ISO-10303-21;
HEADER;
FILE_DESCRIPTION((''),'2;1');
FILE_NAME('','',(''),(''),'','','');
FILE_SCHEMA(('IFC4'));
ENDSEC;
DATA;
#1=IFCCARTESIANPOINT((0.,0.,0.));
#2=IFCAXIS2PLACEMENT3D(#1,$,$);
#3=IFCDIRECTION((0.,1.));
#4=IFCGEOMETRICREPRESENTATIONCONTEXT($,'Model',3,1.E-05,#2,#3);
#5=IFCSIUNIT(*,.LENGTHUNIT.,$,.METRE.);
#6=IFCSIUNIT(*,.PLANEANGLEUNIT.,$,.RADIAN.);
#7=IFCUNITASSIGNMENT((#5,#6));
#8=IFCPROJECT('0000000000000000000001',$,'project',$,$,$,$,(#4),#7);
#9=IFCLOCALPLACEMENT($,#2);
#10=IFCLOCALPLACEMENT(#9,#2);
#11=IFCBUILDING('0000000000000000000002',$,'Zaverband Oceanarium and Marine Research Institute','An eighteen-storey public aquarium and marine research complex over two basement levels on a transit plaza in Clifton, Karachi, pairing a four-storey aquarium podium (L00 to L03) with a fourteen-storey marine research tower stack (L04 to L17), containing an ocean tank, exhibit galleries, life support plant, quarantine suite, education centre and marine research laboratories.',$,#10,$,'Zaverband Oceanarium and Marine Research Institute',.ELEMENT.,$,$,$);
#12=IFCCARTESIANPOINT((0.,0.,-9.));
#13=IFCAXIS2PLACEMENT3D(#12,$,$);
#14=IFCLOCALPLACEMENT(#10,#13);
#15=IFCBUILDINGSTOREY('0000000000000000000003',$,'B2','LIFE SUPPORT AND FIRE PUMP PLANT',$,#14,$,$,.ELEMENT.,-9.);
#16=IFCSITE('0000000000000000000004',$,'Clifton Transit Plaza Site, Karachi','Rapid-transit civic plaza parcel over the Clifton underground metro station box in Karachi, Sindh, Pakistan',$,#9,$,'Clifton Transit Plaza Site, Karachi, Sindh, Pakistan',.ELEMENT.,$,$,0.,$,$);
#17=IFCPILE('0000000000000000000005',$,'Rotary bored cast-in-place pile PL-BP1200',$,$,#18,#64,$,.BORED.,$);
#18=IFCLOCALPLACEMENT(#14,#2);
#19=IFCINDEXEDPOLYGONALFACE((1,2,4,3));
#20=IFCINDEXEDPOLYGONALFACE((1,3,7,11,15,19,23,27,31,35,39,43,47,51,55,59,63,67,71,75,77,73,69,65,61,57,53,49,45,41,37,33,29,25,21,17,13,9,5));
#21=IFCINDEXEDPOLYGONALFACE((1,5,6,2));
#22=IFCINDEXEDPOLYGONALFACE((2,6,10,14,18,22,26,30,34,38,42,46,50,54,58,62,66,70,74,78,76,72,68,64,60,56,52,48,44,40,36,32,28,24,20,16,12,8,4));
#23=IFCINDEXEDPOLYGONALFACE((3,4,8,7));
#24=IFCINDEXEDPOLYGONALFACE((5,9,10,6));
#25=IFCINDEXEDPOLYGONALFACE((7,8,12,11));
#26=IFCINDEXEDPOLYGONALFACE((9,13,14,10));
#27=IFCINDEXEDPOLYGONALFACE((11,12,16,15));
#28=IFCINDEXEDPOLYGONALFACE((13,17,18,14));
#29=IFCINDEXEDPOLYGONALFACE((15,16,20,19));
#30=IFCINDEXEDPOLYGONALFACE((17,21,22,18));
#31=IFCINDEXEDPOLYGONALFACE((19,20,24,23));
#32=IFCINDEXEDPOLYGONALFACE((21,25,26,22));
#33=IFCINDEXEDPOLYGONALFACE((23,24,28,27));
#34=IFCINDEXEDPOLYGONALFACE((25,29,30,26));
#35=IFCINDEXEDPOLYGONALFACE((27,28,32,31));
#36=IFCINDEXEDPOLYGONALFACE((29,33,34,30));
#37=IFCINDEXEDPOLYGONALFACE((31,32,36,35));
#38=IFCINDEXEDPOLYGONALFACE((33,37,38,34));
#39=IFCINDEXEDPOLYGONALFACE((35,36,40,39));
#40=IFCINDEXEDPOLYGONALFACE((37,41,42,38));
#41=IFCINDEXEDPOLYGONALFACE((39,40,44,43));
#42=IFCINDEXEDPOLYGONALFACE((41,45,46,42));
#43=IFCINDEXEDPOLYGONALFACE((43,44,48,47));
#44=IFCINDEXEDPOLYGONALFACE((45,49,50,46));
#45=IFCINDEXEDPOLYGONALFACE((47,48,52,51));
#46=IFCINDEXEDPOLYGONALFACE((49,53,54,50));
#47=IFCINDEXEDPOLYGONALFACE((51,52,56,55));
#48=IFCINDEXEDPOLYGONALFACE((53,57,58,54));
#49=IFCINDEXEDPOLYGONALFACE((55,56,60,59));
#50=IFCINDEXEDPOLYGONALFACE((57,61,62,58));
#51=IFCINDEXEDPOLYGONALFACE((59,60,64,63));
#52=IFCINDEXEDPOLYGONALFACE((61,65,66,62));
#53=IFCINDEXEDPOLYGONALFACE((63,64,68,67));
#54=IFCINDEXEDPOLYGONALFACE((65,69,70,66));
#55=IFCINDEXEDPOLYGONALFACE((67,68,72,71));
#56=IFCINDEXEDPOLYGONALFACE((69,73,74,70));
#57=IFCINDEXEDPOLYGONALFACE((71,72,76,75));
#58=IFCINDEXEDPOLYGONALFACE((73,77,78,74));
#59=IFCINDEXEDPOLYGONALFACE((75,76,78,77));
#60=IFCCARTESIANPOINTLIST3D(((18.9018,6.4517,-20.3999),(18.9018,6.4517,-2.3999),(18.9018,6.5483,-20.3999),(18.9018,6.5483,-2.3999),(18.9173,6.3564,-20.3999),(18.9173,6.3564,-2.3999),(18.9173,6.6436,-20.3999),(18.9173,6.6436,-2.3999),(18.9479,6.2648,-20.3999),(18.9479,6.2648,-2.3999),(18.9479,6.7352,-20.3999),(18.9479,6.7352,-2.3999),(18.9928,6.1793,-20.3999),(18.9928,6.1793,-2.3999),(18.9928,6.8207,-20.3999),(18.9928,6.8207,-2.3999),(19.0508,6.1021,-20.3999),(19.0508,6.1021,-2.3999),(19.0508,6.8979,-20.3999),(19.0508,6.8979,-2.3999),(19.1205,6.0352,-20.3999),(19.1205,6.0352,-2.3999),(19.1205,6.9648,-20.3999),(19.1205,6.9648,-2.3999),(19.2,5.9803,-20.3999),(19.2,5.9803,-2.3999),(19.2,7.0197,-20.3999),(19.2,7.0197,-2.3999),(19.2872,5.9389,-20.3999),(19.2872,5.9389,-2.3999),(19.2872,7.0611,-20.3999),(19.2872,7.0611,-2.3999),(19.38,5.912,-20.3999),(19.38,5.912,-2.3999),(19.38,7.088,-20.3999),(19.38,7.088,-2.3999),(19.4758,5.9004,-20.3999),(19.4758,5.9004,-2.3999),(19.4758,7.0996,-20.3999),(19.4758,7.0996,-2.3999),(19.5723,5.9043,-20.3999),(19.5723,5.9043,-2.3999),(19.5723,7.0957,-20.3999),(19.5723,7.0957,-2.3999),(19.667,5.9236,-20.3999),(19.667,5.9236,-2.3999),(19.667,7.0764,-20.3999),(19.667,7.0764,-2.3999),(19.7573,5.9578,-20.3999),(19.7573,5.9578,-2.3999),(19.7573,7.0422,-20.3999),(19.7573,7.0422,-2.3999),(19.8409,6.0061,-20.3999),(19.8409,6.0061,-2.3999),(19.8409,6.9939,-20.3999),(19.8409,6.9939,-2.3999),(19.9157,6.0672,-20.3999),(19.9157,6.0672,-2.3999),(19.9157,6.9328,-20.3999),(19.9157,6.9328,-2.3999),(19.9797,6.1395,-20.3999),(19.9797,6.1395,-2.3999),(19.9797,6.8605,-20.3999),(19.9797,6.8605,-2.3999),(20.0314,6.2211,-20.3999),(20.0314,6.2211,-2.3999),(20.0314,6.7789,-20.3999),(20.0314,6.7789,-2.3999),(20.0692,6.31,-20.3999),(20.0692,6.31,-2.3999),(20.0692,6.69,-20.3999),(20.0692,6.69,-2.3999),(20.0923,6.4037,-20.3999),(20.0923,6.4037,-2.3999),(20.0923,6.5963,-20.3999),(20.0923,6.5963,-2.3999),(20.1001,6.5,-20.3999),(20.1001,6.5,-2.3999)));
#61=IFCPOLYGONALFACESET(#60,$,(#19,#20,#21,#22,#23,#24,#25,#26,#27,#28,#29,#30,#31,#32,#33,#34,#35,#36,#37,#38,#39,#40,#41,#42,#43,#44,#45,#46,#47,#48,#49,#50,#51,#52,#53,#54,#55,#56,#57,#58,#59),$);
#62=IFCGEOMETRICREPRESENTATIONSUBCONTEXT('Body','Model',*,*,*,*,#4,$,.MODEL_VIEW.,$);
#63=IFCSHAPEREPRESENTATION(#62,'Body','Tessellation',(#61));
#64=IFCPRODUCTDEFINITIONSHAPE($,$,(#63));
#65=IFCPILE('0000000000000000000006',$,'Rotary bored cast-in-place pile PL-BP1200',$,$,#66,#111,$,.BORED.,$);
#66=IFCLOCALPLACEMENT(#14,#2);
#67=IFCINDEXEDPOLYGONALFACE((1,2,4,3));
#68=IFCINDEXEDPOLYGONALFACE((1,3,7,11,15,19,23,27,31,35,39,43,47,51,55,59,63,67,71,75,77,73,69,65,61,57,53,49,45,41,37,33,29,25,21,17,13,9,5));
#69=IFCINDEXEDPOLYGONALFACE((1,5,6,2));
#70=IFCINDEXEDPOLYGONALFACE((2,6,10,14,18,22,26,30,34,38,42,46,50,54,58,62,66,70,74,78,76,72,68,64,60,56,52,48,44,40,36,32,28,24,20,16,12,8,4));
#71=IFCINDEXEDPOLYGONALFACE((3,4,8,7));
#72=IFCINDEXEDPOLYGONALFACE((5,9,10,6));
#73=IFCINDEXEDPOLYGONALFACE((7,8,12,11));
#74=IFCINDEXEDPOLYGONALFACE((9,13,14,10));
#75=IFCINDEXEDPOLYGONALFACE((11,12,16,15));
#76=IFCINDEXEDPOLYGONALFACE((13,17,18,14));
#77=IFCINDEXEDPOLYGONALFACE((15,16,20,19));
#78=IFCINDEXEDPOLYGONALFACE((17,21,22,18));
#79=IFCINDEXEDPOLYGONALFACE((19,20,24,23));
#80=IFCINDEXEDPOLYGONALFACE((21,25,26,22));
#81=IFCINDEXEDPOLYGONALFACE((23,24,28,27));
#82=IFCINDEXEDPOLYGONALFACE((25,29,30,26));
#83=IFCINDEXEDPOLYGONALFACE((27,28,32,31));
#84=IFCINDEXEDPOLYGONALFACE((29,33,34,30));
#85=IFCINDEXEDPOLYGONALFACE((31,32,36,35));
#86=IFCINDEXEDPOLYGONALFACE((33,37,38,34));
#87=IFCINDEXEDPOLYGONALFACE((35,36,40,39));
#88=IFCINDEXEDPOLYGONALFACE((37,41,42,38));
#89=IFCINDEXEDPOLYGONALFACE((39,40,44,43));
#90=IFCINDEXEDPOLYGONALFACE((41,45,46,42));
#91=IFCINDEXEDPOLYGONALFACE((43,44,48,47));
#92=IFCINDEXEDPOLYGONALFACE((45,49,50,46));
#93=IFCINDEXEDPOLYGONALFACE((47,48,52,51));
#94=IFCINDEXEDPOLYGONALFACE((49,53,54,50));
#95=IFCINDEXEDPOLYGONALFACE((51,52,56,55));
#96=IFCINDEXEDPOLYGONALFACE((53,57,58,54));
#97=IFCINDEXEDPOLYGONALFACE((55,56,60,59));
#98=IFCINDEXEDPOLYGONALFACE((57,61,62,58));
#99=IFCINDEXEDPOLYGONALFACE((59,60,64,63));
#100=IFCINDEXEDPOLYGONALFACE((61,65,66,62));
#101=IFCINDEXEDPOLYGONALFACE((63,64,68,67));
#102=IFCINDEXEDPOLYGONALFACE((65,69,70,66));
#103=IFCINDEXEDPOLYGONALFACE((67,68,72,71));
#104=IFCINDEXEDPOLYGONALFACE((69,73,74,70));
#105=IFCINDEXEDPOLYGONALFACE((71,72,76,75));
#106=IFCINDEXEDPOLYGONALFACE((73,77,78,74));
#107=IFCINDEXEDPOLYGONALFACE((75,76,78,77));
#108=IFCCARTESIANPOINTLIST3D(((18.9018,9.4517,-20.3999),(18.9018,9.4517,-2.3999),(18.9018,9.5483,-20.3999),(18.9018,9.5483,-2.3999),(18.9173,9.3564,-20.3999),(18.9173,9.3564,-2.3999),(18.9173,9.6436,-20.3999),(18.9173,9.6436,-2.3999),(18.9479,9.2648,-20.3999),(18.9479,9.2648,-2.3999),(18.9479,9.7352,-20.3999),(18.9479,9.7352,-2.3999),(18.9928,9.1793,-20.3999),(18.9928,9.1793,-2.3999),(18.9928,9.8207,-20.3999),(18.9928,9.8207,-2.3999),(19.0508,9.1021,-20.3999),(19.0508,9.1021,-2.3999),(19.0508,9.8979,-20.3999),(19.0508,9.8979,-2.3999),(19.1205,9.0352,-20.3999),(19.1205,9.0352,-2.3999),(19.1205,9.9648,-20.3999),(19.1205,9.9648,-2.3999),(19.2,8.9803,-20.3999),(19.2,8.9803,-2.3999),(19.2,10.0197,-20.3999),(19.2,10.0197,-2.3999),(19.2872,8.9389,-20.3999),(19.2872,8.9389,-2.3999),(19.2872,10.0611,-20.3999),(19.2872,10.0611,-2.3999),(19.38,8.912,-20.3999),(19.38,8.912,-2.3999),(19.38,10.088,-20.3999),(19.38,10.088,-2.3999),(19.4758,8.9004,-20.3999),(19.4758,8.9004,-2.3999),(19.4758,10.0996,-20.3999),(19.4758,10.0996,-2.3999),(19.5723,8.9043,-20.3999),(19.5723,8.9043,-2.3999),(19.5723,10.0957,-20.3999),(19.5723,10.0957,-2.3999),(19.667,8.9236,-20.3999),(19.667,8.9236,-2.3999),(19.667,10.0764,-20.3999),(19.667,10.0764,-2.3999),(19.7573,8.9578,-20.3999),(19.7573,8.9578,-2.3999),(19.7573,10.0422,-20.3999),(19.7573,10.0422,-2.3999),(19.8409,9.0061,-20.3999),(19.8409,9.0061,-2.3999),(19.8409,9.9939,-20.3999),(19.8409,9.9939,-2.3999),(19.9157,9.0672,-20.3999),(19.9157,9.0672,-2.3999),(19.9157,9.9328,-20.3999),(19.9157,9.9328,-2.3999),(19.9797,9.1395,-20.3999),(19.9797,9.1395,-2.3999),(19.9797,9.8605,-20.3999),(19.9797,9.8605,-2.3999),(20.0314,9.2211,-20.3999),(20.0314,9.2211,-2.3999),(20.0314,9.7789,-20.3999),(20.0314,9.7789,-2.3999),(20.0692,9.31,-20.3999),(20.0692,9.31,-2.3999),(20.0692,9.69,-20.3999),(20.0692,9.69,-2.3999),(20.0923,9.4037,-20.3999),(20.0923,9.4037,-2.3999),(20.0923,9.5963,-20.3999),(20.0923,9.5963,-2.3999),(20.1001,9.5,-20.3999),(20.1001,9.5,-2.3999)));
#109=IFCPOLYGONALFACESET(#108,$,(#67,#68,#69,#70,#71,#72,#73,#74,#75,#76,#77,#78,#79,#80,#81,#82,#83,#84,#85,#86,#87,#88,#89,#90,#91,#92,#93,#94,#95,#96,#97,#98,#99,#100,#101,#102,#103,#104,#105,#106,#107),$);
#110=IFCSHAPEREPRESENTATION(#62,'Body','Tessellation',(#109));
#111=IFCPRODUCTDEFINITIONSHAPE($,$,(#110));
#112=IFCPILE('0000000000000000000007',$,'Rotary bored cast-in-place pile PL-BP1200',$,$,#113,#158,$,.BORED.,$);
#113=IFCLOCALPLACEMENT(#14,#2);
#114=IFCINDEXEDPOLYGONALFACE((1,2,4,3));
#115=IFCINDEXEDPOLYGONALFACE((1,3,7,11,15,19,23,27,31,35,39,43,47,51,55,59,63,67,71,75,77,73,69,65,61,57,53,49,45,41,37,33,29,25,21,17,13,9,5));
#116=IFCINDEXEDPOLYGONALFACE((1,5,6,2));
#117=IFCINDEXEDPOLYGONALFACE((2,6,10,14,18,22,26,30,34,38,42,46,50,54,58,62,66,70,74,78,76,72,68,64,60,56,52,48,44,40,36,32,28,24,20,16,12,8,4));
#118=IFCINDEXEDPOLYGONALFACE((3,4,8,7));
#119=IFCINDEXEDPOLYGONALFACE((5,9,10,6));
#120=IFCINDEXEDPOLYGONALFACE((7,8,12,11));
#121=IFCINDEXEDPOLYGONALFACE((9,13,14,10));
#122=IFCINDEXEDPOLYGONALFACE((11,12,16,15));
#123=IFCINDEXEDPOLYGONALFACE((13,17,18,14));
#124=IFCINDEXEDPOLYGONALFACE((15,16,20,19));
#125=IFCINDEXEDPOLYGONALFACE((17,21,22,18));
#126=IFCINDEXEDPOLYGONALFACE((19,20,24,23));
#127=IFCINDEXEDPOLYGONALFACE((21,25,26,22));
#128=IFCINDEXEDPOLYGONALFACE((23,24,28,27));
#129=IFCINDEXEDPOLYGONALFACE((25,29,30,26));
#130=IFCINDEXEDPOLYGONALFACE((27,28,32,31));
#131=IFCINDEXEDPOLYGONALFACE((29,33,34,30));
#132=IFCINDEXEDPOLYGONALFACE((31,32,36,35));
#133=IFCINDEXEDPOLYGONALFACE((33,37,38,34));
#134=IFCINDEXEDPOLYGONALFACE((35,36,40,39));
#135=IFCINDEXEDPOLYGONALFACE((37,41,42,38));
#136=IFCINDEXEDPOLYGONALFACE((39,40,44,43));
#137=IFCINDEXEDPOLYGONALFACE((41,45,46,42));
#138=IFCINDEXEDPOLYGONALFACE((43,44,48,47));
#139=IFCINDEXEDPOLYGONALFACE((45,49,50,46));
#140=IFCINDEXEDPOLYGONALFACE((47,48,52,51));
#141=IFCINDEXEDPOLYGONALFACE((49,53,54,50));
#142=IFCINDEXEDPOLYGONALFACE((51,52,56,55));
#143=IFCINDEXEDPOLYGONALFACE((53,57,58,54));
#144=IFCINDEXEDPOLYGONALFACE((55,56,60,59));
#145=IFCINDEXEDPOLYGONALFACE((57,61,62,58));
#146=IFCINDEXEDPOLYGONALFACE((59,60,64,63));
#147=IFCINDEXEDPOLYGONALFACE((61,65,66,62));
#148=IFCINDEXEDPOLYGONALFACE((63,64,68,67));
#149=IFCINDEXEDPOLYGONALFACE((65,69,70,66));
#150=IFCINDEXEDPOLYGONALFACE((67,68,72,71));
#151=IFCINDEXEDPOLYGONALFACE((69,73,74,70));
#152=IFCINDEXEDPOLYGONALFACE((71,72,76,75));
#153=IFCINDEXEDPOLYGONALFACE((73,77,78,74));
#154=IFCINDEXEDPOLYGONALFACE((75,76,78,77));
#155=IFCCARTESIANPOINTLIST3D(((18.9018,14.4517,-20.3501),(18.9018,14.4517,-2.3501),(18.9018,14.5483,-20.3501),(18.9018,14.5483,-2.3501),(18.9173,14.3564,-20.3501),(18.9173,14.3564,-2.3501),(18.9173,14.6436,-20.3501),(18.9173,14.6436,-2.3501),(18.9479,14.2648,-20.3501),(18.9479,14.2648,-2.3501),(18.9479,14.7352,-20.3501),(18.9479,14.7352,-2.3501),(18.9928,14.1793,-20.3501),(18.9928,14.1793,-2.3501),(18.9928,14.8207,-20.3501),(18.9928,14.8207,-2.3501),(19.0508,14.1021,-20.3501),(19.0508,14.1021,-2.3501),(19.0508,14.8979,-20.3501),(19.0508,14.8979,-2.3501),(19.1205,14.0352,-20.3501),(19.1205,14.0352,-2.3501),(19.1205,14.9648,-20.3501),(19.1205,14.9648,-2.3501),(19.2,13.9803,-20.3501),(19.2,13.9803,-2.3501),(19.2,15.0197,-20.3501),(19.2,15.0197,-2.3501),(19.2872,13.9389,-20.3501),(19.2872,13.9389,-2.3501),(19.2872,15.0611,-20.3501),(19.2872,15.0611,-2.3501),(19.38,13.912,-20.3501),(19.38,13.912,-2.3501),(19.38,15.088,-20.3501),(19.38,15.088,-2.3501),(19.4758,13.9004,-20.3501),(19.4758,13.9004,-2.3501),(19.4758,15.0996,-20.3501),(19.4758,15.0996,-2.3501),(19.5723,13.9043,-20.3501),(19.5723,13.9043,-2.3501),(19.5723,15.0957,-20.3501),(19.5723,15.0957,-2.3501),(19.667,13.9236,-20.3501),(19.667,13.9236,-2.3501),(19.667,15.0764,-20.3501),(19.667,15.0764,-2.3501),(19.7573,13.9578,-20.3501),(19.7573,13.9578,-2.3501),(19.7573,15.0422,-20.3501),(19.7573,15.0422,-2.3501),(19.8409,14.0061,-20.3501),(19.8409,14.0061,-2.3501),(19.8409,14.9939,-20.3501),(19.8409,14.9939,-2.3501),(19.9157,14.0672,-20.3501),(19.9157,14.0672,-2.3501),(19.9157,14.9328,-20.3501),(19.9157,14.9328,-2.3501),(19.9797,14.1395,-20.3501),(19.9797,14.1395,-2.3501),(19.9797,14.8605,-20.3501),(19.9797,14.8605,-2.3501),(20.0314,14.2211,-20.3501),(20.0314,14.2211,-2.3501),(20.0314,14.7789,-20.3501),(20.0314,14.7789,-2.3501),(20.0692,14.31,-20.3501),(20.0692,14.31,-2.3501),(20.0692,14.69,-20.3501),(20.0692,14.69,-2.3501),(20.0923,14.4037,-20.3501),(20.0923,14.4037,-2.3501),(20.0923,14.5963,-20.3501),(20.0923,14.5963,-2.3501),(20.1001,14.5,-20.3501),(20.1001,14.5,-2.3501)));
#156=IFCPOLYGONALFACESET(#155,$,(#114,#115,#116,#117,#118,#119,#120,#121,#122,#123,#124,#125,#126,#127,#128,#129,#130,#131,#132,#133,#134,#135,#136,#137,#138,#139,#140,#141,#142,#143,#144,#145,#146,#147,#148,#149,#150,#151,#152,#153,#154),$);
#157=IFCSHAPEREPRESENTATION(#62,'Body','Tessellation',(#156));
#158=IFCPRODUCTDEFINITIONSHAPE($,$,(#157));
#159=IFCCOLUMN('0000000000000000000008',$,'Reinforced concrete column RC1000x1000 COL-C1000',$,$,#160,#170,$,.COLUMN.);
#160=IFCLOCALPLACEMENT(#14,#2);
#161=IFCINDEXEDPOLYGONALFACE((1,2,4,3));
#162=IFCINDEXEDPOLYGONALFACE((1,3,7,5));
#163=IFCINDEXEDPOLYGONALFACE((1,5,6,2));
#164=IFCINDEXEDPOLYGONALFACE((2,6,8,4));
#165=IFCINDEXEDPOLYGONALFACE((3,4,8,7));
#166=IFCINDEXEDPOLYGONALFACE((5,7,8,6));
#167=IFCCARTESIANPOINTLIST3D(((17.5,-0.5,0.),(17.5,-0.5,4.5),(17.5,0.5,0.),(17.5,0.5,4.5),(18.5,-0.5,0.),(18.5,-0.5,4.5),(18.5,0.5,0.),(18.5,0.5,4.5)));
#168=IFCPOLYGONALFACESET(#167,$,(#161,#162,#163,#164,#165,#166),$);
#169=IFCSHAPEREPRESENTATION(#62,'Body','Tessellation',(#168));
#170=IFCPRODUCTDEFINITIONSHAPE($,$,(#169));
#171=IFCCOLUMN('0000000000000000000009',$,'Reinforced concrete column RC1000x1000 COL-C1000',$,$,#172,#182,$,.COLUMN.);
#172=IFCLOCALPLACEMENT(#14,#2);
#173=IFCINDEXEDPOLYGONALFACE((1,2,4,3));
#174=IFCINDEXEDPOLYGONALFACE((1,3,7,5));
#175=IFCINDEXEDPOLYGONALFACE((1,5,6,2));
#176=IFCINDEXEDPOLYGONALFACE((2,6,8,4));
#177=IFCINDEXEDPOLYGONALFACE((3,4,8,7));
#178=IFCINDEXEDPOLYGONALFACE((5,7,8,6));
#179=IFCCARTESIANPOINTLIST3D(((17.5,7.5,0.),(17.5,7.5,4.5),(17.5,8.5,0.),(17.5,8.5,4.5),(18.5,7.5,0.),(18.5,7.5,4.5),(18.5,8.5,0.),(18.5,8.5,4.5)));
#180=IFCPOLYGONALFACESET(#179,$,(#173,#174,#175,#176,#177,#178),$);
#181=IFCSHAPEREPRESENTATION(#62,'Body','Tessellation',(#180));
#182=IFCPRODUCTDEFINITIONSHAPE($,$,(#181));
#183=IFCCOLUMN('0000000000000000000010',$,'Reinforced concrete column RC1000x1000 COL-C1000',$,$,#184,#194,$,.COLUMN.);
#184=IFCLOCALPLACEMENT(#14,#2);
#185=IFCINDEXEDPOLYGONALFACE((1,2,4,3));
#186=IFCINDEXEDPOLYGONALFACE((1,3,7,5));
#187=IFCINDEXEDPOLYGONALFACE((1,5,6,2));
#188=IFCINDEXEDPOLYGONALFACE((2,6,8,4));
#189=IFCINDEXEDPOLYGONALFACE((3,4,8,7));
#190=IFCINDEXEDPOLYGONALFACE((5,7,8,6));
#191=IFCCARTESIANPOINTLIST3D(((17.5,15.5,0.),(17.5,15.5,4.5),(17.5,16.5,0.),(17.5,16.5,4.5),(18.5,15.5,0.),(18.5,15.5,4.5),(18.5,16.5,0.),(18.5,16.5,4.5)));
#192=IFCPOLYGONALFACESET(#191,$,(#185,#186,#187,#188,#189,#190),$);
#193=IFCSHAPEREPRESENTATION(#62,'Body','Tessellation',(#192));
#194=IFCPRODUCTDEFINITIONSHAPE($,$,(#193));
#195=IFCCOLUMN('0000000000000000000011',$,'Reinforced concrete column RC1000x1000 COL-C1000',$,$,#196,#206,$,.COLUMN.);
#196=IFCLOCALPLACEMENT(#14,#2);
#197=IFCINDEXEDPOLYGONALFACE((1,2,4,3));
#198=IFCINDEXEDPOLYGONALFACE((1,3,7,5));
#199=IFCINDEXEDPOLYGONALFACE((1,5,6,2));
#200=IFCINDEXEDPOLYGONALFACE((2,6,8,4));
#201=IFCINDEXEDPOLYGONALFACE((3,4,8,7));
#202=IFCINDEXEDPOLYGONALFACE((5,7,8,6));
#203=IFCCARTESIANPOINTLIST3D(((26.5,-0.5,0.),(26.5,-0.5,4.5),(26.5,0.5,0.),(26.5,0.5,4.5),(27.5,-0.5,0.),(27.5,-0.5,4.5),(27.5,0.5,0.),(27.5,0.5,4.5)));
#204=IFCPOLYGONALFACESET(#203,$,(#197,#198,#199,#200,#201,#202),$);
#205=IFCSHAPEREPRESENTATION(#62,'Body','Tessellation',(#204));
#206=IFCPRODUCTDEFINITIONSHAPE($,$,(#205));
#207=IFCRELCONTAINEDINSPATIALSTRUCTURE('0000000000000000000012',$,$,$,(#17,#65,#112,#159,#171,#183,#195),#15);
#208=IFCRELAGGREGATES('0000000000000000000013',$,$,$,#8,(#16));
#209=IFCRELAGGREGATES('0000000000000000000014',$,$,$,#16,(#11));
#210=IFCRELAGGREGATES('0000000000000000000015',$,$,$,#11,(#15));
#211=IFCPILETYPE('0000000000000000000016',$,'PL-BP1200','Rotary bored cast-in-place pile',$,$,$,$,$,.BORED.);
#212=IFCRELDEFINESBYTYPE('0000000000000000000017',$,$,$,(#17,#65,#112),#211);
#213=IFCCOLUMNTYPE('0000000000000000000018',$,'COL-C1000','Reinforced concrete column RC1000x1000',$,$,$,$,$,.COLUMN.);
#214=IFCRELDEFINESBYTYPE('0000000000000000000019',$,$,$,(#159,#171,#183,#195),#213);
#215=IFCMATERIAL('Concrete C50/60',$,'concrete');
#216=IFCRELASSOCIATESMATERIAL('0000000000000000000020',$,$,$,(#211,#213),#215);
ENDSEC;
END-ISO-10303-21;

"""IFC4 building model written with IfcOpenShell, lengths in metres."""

from ifc_helpers import new_model, si_unit, direction, frame, origin, origin_2d, place, context, subcontext, project, spatial, rectangle, circle, extrude, material, material_profile, profile_set, type_object, element, save


model = new_model("IFC4")

# Units and contexts
model_context = context("Model", 3, precision=1e-05, world=origin(), true_north=direction((0.0, 1.0)))
body_context = subcontext(model_context, "Body", "Model", "MODEL_VIEW")
ifc_project = project(units=[si_unit("LENGTHUNIT", "METRE"), si_unit("PLANEANGLEUNIT", "RADIAN")], contexts=[model_context])

# Site, building, storey
site_placement = place(None, origin())
site = spatial("IfcSite", under=ifc_project, at=site_placement, Name="Clifton Transit Plaza Site, Karachi", Description="Rapid-transit civic plaza parcel over the Clifton underground metro station box in Karachi, Sindh, Pakistan", LongName="Clifton Transit Plaza Site, Karachi, Sindh, Pakistan", CompositionType="ELEMENT", RefElevation=0.0)
building_placement = place(site_placement, origin())
building = spatial("IfcBuilding", under=site, at=building_placement, Name="Zaverband Oceanarium and Marine Research Institute", Description="An eighteen-storey public aquarium and marine research complex over two basement levels on a transit plaza in Clifton, Karachi, pairing a four-storey aquarium podium (L00 to L03) with a fourteen-storey marine research tower stack (L04 to L17), containing an ocean tank, exhibit galleries, life support plant, quarantine suite, education centre and marine research laboratories.", LongName="Zaverband Oceanarium and Marine Research Institute", CompositionType="ELEMENT")
storey_placement = place(building_placement, frame((0.0, 0.0, -9.0)))
storey = spatial("IfcBuildingStorey", under=building, at=storey_placement, Name="B2", Description="LIFE SUPPORT AND FIRE PUMP PLANT", CompositionType="ELEMENT", Elevation=-9.0)

# Shared definitions
ifc_material_1 = material(Name="Concrete C50/60", Category="concrete")

# Piles
ifc_material_profile_1 = material_profile(ifc_material_1, circle(Radius=0.6001, at=origin_2d()), Name="BP1200")
ifc_profile_set_1 = profile_set([ifc_material_profile_1], Name="Concrete C50/60")
pile_type_1 = type_object("IfcPileType", Name="PL-BP1200", Description="Rotary bored cast-in-place pile", PredefinedType="BORED", material=ifc_profile_set_1)
for number, where, z_axis, x_axis, name in (
    (1, (19.5, 6.5, -2.3999), (0.0, 0.0, -1.0), (1.0, 0.0, 0.0), "Rotary bored cast-in-place pile PL-BP1200"),
    (2, (19.5, 9.5, -2.3999), (0.0, 0.0, -1.0), (1.0, 0.0, 0.0), "Rotary bored cast-in-place pile PL-BP1200"),
    (3, (19.5, 14.5, -2.3501), (0.0, 0.0, -1.0), (1.0, 0.0, 0.0), "Rotary bored cast-in-place pile PL-BP1200"),
):
    element("IfcPile", number, at=place(storey_placement, frame(where, z_axis=z_axis, x_axis=x_axis)), inside=storey, type_object=pile_type_1, Name=name, PredefinedType="BORED", context=body_context, shape_type="SweptSolid", body=[
        extrude(circle(Radius=0.6001, at=origin_2d()), origin(), (0.0, 0.0, 1.0), 18.0),
    ])

# Columns
ifc_material_profile_2 = material_profile(ifc_material_1, rectangle(XDim=1.0, YDim=1.0, at=origin_2d()), Name="RC1000x1000")
ifc_profile_set_2 = profile_set([ifc_material_profile_2], Name="Concrete C50/60")
column_type = type_object("IfcColumnType", Name="COL-C1000", Description="Reinforced concrete column RC1000x1000", PredefinedType="COLUMN", material=ifc_profile_set_2)
for number, where, z_axis, x_axis, name in (
    (4, (18.0, 0.0, 0.0), (0.0, 0.0, 1.0), (1.0, 0.0, 0.0), "Reinforced concrete column RC1000x1000 COL-C1000"),
    (5, (18.0, 8.0, 0.0), (0.0, 0.0, 1.0), (1.0, 0.0, 0.0), "Reinforced concrete column RC1000x1000 COL-C1000"),
    (6, (18.0, 16.0, 0.0), (0.0, 0.0, 1.0), (1.0, 0.0, 0.0), "Reinforced concrete column RC1000x1000 COL-C1000"),
    (7, (27.0, 0.0, 0.0), (0.0, 0.0, 1.0), (1.0, 0.0, 0.0), "Reinforced concrete column RC1000x1000 COL-C1000"),
):
    element("IfcColumn", number, at=place(storey_placement, frame(where, z_axis=z_axis, x_axis=x_axis)), inside=storey, type_object=column_type, Name=name, PredefinedType="COLUMN", context=body_context, shape_type="SweptSolid", body=[
        extrude(rectangle(XDim=1.0, YDim=1.0, at=origin_2d()), origin(), (0.0, 0.0, 1.0), 4.5),
    ])

save(model, "model.ifc")
